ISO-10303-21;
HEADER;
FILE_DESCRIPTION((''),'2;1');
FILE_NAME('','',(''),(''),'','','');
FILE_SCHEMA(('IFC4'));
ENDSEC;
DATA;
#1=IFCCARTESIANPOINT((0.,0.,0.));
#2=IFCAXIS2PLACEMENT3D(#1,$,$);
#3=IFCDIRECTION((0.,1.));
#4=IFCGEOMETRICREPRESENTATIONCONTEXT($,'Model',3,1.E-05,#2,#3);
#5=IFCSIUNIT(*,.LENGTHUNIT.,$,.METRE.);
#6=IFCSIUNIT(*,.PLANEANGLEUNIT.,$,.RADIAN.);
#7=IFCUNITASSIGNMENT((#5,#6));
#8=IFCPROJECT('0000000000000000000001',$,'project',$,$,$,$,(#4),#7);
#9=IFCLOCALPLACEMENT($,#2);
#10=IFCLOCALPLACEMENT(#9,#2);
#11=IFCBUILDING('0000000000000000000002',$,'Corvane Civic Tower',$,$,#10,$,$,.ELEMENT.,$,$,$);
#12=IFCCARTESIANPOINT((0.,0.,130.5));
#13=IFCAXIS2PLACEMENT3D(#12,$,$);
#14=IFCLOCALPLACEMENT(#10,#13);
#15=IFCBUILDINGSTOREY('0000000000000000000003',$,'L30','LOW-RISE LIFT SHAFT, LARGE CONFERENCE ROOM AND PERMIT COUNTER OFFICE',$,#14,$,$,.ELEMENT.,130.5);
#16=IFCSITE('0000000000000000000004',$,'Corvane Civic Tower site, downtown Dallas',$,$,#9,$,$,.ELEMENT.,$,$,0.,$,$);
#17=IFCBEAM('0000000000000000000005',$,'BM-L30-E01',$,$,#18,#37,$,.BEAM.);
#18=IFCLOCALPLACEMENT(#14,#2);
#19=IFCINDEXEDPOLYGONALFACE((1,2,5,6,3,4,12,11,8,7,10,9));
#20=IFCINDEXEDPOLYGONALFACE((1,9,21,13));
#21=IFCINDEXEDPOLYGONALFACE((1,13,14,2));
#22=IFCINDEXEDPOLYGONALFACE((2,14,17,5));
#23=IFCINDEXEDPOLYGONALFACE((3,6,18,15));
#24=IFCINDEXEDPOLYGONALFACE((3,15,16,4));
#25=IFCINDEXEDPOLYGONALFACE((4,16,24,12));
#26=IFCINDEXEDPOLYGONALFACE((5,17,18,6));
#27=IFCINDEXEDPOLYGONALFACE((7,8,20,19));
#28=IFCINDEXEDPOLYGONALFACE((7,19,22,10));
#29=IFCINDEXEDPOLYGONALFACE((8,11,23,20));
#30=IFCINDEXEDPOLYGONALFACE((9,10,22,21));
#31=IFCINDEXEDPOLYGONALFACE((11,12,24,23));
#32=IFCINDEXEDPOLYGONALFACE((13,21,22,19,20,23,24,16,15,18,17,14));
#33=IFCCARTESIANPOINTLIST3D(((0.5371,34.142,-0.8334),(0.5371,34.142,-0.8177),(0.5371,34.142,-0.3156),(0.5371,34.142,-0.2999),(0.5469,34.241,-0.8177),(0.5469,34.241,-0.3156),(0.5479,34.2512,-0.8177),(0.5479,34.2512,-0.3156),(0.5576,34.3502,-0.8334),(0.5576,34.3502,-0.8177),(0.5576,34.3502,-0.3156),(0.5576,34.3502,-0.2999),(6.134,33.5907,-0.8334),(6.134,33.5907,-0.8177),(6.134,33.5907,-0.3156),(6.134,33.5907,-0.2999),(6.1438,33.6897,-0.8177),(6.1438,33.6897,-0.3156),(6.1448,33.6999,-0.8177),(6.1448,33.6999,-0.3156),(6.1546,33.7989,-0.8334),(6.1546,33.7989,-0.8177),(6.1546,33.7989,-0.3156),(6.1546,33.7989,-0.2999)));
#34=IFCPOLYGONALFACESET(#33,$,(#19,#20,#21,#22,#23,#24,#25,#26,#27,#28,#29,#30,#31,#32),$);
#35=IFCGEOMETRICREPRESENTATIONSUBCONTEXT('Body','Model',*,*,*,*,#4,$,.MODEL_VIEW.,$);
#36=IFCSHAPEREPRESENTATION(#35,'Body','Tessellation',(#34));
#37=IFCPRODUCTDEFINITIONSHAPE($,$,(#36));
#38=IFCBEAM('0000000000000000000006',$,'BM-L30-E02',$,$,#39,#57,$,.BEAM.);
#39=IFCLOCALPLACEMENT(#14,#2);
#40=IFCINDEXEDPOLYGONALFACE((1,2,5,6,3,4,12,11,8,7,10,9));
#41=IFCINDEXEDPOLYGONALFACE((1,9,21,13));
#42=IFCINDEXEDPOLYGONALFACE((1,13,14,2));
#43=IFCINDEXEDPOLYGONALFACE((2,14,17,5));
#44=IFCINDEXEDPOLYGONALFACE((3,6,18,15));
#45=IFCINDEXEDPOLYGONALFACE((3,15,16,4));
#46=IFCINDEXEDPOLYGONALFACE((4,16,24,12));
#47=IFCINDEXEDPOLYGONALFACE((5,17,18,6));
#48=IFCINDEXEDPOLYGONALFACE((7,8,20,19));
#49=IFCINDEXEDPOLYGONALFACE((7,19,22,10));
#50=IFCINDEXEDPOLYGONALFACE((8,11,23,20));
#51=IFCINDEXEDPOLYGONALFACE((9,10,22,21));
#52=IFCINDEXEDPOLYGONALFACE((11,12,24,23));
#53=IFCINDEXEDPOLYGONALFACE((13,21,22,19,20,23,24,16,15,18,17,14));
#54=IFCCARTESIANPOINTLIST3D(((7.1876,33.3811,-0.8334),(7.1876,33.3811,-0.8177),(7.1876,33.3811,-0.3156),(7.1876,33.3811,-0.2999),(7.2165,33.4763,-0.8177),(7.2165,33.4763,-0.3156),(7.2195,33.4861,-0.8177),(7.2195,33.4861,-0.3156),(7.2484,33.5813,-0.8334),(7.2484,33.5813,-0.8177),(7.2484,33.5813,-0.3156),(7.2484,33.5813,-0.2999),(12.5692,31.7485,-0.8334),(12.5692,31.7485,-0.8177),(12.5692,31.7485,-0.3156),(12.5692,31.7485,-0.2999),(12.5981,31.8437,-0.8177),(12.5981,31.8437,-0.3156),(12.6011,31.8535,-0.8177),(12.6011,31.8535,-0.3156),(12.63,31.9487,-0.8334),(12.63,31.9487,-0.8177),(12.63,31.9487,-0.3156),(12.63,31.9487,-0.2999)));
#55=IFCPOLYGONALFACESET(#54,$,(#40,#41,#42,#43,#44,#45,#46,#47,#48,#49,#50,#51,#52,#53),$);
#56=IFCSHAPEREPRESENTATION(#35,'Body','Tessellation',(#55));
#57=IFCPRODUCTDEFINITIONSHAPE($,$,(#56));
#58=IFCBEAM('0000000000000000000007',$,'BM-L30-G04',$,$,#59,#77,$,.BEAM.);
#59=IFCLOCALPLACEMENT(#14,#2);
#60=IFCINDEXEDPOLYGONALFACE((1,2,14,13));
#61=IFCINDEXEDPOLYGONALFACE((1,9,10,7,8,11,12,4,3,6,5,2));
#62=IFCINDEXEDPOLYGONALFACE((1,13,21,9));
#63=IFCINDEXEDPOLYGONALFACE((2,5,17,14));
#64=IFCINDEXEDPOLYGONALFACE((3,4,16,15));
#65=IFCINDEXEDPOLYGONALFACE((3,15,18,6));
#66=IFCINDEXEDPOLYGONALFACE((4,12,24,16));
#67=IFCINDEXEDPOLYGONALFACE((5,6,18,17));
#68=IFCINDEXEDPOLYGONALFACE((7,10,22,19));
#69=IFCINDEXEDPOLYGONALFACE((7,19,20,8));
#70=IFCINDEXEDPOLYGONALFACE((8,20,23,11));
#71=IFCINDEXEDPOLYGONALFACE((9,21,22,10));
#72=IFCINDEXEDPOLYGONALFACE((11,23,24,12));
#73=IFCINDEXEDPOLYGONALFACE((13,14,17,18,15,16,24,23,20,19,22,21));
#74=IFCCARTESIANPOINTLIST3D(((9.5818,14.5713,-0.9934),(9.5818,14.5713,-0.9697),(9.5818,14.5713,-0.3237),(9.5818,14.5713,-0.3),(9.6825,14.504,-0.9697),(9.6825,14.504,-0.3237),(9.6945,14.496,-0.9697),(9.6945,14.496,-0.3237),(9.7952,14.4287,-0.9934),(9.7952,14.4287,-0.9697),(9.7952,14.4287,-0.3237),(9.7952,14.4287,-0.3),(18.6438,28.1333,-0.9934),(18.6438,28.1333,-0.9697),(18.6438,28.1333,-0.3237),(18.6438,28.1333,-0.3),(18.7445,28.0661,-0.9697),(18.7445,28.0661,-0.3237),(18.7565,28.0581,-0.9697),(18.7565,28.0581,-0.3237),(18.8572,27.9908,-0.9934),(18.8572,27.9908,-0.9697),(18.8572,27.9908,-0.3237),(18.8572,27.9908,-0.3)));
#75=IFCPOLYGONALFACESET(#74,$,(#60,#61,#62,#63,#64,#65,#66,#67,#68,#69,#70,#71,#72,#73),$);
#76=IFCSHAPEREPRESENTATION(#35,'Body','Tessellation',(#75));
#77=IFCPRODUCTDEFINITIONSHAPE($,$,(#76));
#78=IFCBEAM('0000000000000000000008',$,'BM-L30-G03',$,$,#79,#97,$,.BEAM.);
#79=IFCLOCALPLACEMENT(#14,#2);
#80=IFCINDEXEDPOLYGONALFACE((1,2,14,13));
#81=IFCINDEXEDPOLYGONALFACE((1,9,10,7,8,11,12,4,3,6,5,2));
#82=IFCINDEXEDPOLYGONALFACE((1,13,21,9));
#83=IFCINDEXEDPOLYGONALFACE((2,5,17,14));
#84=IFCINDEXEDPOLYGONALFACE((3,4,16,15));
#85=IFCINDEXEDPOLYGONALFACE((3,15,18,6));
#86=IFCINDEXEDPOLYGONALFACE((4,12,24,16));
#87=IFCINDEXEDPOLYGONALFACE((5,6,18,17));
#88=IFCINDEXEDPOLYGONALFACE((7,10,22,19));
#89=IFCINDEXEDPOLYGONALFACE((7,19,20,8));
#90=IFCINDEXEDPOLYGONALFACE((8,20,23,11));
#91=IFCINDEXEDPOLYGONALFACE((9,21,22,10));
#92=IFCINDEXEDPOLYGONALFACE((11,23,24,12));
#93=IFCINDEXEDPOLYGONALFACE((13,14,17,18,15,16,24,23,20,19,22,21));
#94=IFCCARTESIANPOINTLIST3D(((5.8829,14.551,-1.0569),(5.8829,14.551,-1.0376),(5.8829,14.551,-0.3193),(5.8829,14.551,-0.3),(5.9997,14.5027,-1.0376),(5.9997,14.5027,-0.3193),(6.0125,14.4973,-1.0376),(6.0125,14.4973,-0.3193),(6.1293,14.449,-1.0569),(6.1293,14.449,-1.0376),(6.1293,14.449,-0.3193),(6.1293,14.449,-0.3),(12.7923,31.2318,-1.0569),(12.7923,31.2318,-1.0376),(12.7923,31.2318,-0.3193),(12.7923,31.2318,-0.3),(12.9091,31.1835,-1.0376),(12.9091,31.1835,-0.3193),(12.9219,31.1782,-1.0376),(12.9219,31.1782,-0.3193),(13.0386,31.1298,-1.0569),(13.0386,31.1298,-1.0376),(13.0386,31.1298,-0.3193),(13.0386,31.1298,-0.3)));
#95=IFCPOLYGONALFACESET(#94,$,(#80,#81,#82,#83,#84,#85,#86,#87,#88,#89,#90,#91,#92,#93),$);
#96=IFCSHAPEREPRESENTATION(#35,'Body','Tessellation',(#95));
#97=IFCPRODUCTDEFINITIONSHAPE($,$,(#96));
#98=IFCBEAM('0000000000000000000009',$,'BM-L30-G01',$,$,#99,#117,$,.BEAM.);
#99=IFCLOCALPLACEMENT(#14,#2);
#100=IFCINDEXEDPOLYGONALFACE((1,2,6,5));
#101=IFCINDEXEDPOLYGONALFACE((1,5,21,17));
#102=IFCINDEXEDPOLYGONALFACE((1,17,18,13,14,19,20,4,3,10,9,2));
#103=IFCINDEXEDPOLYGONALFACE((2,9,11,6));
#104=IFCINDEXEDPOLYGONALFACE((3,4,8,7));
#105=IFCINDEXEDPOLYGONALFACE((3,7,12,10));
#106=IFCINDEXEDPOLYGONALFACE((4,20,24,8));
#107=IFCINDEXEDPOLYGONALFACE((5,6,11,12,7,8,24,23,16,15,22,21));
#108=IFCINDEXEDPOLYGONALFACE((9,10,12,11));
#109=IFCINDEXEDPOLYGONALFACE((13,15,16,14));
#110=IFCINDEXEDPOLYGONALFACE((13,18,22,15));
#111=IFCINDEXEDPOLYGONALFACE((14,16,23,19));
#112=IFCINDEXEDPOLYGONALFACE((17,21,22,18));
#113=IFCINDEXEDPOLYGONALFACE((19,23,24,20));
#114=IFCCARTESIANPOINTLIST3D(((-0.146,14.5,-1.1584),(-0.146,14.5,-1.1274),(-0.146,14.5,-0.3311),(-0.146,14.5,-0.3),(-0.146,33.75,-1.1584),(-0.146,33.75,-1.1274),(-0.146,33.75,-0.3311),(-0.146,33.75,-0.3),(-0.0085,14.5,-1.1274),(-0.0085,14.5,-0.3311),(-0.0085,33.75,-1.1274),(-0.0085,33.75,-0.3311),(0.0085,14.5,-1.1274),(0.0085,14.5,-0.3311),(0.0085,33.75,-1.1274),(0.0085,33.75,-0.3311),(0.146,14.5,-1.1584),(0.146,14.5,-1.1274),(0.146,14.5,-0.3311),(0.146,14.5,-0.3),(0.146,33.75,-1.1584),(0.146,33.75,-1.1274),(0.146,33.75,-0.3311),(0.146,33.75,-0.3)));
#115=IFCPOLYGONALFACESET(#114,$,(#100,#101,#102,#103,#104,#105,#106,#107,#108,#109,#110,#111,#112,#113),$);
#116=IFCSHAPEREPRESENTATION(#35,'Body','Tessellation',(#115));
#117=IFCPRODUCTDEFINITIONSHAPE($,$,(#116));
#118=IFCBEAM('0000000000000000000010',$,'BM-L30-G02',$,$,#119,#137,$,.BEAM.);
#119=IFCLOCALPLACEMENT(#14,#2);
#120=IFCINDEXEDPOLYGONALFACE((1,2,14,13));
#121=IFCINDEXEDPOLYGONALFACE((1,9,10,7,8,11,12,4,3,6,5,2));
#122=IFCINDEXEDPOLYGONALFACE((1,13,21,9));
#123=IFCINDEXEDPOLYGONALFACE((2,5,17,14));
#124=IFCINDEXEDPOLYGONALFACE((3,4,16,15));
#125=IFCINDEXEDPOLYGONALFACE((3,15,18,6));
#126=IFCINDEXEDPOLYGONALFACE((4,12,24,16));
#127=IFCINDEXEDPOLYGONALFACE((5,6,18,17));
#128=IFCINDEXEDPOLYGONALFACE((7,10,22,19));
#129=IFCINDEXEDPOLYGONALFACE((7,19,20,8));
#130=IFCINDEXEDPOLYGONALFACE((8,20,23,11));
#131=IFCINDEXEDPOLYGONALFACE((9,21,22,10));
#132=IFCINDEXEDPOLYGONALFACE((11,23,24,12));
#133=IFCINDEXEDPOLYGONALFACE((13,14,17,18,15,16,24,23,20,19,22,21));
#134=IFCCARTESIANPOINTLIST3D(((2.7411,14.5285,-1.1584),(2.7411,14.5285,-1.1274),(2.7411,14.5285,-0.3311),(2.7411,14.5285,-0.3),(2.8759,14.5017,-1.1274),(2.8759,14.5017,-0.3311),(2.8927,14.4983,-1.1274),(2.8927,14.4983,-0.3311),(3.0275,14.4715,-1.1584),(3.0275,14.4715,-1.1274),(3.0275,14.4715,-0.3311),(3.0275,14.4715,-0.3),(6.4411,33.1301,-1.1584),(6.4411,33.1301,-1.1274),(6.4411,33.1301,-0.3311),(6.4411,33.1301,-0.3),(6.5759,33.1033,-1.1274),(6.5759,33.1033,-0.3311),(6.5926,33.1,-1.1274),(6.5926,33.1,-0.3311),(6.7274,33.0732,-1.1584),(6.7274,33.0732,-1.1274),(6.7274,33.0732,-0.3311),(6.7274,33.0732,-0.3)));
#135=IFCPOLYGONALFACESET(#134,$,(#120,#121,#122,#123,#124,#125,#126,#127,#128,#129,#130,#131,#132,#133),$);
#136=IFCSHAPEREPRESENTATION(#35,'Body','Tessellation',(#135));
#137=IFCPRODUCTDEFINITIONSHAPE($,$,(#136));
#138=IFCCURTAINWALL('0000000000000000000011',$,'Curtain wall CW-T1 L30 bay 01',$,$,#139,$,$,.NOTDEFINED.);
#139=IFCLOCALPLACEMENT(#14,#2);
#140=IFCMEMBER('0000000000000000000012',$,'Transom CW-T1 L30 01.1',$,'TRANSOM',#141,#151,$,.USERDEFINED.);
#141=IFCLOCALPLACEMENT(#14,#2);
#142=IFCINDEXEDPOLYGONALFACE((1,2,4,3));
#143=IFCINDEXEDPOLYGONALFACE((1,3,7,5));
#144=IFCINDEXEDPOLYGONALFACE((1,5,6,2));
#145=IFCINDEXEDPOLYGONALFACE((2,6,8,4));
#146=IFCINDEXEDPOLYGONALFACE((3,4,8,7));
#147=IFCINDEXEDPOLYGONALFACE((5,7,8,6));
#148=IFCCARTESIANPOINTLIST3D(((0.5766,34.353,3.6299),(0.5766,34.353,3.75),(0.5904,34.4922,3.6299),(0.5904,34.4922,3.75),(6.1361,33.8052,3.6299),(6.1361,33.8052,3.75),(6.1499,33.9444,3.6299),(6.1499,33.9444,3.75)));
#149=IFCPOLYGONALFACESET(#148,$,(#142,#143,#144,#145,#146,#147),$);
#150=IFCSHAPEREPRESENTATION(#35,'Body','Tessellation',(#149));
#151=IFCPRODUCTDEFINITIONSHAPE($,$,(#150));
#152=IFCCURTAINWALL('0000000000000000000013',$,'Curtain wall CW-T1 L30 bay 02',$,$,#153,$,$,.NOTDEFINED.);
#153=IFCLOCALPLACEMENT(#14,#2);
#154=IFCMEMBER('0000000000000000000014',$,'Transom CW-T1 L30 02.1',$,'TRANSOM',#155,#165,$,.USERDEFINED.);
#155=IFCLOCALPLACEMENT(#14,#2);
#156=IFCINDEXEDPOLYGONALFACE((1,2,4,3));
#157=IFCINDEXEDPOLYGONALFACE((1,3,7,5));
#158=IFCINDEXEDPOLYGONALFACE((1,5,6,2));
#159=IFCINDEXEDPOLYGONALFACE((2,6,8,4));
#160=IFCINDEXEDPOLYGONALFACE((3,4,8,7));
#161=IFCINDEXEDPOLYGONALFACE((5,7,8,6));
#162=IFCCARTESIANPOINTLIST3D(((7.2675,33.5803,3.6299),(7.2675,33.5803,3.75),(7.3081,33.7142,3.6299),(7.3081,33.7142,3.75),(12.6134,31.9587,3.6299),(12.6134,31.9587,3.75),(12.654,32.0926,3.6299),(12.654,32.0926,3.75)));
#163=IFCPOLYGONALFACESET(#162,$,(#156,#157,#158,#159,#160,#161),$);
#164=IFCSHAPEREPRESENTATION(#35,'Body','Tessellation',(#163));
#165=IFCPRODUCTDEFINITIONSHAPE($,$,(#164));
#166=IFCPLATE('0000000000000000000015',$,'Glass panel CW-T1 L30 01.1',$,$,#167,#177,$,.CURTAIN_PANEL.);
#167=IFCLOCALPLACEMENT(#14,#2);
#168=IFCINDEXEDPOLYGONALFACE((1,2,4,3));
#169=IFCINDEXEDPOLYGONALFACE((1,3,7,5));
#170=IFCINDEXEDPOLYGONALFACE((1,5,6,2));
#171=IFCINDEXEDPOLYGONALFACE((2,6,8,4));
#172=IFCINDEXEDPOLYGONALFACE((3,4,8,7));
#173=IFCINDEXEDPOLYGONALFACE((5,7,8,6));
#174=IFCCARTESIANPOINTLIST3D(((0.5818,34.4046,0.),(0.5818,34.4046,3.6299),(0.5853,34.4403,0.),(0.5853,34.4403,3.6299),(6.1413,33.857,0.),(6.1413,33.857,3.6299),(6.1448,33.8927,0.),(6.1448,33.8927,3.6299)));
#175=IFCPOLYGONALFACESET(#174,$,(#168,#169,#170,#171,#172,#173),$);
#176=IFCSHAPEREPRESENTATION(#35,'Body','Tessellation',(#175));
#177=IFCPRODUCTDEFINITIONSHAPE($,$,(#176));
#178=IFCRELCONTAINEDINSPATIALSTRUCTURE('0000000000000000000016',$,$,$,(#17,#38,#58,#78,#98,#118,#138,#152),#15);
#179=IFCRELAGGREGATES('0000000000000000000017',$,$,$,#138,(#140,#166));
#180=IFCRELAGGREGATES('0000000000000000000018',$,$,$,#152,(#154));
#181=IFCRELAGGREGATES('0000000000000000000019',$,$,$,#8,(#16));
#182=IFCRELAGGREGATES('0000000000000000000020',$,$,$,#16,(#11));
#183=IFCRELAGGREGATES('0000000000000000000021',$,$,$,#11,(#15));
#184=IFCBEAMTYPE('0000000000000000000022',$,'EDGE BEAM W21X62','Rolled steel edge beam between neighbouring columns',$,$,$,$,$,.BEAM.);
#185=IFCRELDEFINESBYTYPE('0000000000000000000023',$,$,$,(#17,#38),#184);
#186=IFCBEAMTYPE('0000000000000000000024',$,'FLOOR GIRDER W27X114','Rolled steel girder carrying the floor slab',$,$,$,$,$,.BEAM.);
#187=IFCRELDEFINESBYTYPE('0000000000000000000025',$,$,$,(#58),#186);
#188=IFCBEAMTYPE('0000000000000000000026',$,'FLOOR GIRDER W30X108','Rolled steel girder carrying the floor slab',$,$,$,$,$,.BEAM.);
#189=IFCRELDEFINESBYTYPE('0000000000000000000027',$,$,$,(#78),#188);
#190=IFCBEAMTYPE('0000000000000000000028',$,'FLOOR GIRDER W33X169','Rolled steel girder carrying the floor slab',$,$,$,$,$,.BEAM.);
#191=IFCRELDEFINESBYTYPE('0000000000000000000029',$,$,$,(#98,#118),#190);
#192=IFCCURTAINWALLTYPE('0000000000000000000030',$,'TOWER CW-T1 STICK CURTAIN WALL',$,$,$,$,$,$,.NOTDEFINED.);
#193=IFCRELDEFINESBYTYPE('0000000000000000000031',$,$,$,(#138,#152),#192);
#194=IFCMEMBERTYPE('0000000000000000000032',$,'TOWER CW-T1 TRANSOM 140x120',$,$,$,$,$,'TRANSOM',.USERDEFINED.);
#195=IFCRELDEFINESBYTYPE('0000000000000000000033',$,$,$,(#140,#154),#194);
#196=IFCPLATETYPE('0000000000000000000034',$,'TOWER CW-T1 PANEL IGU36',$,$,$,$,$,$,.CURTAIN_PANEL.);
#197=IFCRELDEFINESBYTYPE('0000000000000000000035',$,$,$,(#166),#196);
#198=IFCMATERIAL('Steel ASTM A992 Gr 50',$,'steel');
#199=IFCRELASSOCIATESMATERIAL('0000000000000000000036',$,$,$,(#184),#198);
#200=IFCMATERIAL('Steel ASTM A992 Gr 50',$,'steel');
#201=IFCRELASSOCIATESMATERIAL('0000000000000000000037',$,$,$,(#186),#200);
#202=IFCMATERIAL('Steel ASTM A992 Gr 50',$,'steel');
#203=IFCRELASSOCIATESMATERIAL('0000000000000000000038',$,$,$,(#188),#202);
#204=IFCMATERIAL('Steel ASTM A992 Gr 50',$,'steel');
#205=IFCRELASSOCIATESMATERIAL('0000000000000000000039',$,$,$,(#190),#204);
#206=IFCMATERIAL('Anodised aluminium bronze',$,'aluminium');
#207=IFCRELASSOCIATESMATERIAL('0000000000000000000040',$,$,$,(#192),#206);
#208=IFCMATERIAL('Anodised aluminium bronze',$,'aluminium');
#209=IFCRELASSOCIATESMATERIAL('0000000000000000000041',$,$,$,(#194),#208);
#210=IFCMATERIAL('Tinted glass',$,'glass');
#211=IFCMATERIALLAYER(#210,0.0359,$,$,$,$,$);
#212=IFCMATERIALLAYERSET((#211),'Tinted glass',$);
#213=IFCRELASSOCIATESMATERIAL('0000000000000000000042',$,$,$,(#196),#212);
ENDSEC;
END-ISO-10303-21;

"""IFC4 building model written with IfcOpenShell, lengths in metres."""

from ifc_helpers import new_model, si_unit, direction, frame, origin, origin_2d, place, context, subcontext, project, spatial, rectangle, i_section, extrude, material, layer, layer_set, material_profile, profile_set, type_object, element, aggregate, save


model = new_model("IFC4")

# Units and contexts
model_context = context("Model", 3, precision=1e-05, world=origin(), true_north=direction((0.0, 1.0)))
body_context = subcontext(model_context, "Body", "Model", "MODEL_VIEW")
ifc_project = project(units=[si_unit("LENGTHUNIT", "METRE"), si_unit("PLANEANGLEUNIT", "RADIAN")], contexts=[model_context])

# Site, building, storey
site_placement = place(None, origin())
site = spatial("IfcSite", under=ifc_project, at=site_placement, Name="Corvane Civic Tower site, downtown Dallas", CompositionType="ELEMENT", RefElevation=0.0)
building_placement = place(site_placement, origin())
building = spatial("IfcBuilding", under=site, at=building_placement, Name="Corvane Civic Tower", CompositionType="ELEMENT")
storey_placement = place(building_placement, frame((0.0, 0.0, 130.5)))
storey = spatial("IfcBuildingStorey", under=building, at=storey_placement, Name="L30", Description="LOW-RISE LIFT SHAFT, LARGE CONFERENCE ROOM AND PERMIT COUNTER OFFICE", CompositionType="ELEMENT", Elevation=130.5)

# Beams
ifc_material_1 = material(Name="Steel ASTM A992 Gr 50", Category="steel")
ifc_material_profile_1 = material_profile(ifc_material_1, i_section(OverallWidth=0.2092, OverallDepth=0.5334, WebThickness=0.0103, FlangeThickness=0.0156, at=origin_2d()), Name="W21X62")
ifc_profile_set_1 = profile_set([ifc_material_profile_1], Name="Steel ASTM A992 Gr 50")
beam_type_1 = type_object("IfcBeamType", Name="EDGE BEAM W21X62", Description="Rolled steel edge beam between neighbouring columns", PredefinedType="BEAM", material=ifc_profile_set_1)
beam_1_placement = place(storey_placement, frame((0.5474, 34.2461, -0.5667), z_axis=(0.995184, -0.098021, 0.0), x_axis=(0.098021, 0.995184, 0.0)))
element("IfcBeam", 1, at=beam_1_placement, inside=storey, type_object=beam_type_1, Name="BM-L30-E01", PredefinedType="BEAM", context=body_context, shape_type="SweptSolid", body=[
    extrude(i_section(OverallWidth=0.2092, OverallDepth=0.5334, WebThickness=0.0103, FlangeThickness=0.0156, at=origin_2d()), origin(), (0.0, 0.0, 1.0), 5.624),
])
beam_2_placement = place(storey_placement, frame((7.218, 33.4812, -0.5667), z_axis=(0.956936, -0.290298, 0.0), x_axis=(0.290298, 0.956936, 0.0)))
element("IfcBeam", 2, at=beam_2_placement, inside=storey, type_object=beam_type_1, Name="BM-L30-E02", PredefinedType="BEAM", context=body_context, shape_type="SweptSolid", body=[
    extrude(i_section(OverallWidth=0.2092, OverallDepth=0.5334, WebThickness=0.0103, FlangeThickness=0.0156, at=origin_2d()), origin(), (0.0, 0.0, 1.0), 5.6238),
])
ifc_material_2 = material(Name="Steel ASTM A992 Gr 50", Category="steel")
ifc_material_profile_2 = material_profile(ifc_material_2, i_section(OverallWidth=0.2566, OverallDepth=0.6934, WebThickness=0.0144, FlangeThickness=0.0237, at=origin_2d()), Name="W27X114")
ifc_profile_set_2 = profile_set([ifc_material_profile_2], Name="Steel ASTM A992 Gr 50")
beam_type_2 = type_object("IfcBeamType", Name="FLOOR GIRDER W27X114", Description="Rolled steel girder carrying the floor slab", PredefinedType="BEAM", material=ifc_profile_set_2)
beam_3_placement = place(storey_placement, frame((9.6885, 14.5, -0.6467), z_axis=(0.555577, 0.831465, 0.0), x_axis=(-0.831465, 0.555577, 0.0)))
element("IfcBeam", 3, at=beam_3_placement, inside=storey, type_object=beam_type_2, Name="BM-L30-G04", PredefinedType="BEAM", context=body_context, shape_type="SweptSolid", body=[
    extrude(i_section(OverallWidth=0.2566, OverallDepth=0.6934, WebThickness=0.0144, FlangeThickness=0.0237, at=origin_2d()), origin(), (0.0, 0.0, 1.0), 16.311),
])
ifc_material_3 = material(Name="Steel ASTM A992 Gr 50", Category="steel")
ifc_material_profile_3 = material_profile(ifc_material_3, i_section(OverallWidth=0.2666, OverallDepth=0.7568, WebThickness=0.0139, FlangeThickness=0.0193, at=origin_2d()), Name="W30X108")
ifc_profile_set_3 = profile_set([ifc_material_profile_3], Name="Steel ASTM A992 Gr 50")
beam_type_3 = type_object("IfcBeamType", Name="FLOOR GIRDER W30X108", Description="Rolled steel girder carrying the floor slab", PredefinedType="BEAM", material=ifc_profile_set_3)
beam_4_placement = place(storey_placement, frame((6.0061, 14.5, -0.6785), z_axis=(0.382682, 0.92388, 0.0), x_axis=(-0.92388, 0.382682, 0.0)))
element("IfcBeam", 4, at=beam_4_placement, inside=storey, type_object=beam_type_3, Name="BM-L30-G03", PredefinedType="BEAM", context=body_context, shape_type="SweptSolid", body=[
    extrude(i_section(OverallWidth=0.2666, OverallDepth=0.7568, WebThickness=0.0139, FlangeThickness=0.0193, at=origin_2d()), origin(), (0.0, 0.0, 1.0), 18.0552),
])
ifc_material_4 = material(Name="Steel ASTM A992 Gr 50", Category="steel")
ifc_material_profile_4 = material_profile(ifc_material_4, i_section(OverallWidth=0.292, OverallDepth=0.8584, WebThickness=0.0171, FlangeThickness=0.031, at=origin_2d()), Name="W33X169")
ifc_profile_set_4 = profile_set([ifc_material_profile_4], Name="Steel ASTM A992 Gr 50")
beam_type_4 = type_object("IfcBeamType", Name="FLOOR GIRDER W33X169", Description="Rolled steel girder carrying the floor slab", PredefinedType="BEAM", material=ifc_profile_set_4)
beam_5_placement = place(storey_placement, frame((0.0, 14.5, -0.7292), z_axis=(0.0, 1.0, 0.0), x_axis=(-1.0, 0.0, 0.0)))
element("IfcBeam", 5, at=beam_5_placement, inside=storey, type_object=beam_type_4, Name="BM-L30-G01", PredefinedType="BEAM", context=body_context, shape_type="SweptSolid", body=[
    extrude(i_section(OverallWidth=0.292, OverallDepth=0.8584, WebThickness=0.0171, FlangeThickness=0.031, at=origin_2d()), origin(), (0.0, 0.0, 1.0), 19.25),
])
beam_6_placement = place(storey_placement, frame((2.8843, 14.5, -0.7292), z_axis=(0.195084, 0.980787, 0.0), x_axis=(-0.980787, 0.195084, 0.0)))
element("IfcBeam", 6, at=beam_6_placement, inside=storey, type_object=beam_type_4, Name="BM-L30-G02", PredefinedType="BEAM", context=body_context, shape_type="SweptSolid", body=[
    extrude(i_section(OverallWidth=0.292, OverallDepth=0.8584, WebThickness=0.0171, FlangeThickness=0.031, at=origin_2d()), origin(), (0.0, 0.0, 1.0), 18.9661),
])

# Curtain walls, members
ifc_material_5 = material(Name="Anodised aluminium bronze", Category="aluminium")
curtain_wall_type = type_object("IfcCurtainWallType", Name="TOWER CW-T1 STICK CURTAIN WALL", PredefinedType="NOTDEFINED", material=ifc_material_5)
curtain_wall_1_placement = place(storey_placement, origin())
curtain_wall_1 = element("IfcCurtainWall", 7, at=curtain_wall_1_placement, inside=storey, type_object=curtain_wall_type, Name="Curtain wall CW-T1 L30 bay 01", PredefinedType="NOTDEFINED")
ifc_material_6 = material(Name="Anodised aluminium bronze", Category="aluminium")
ifc_material_profile_5 = material_profile(ifc_material_6, rectangle(XDim=0.1399, YDim=0.1201, at=origin_2d()), Name="TOWER CW-T1 TRANSOM 140x120")
ifc_profile_set_5 = profile_set([ifc_material_profile_5], Name="Anodised aluminium bronze")
member_type = type_object("IfcMemberType", Name="TOWER CW-T1 TRANSOM 140x120", ElementType="TRANSOM", PredefinedType="USERDEFINED", material=ifc_profile_set_5)
member_1_placement = place(storey_placement, frame((0.5835, 34.4226, 3.6899), z_axis=(0.99518, -0.098067, 0.0), x_axis=(0.098067, 0.99518, 0.0)))
member_1 = element("IfcMember", 8, at=member_1_placement, type_object=member_type, Name="Transom CW-T1 L30 01.1", ObjectType="TRANSOM", PredefinedType="USERDEFINED", context=body_context, shape_type="SweptSolid", body=[
    extrude(rectangle(XDim=0.1399, YDim=0.1201, at=origin_2d()), origin(), (0.0, 0.0, 1.0), 5.5864),
])
curtain_wall_2_placement = place(storey_placement, origin())
curtain_wall_2 = element("IfcCurtainWall", 9, at=curtain_wall_2_placement, inside=storey, type_object=curtain_wall_type, Name="Curtain wall CW-T1 L30 bay 02", PredefinedType="NOTDEFINED")
member_2_placement = place(storey_placement, frame((7.2878, 33.6472, 3.6899), z_axis=(0.956945, -0.290269, 0.0), x_axis=(0.290269, 0.956945, 0.0)))
member_2 = element("IfcMember", 10, at=member_2_placement, type_object=member_type, Name="Transom CW-T1 L30 02.1", ObjectType="TRANSOM", PredefinedType="USERDEFINED", context=body_context, shape_type="SweptSolid", body=[
    extrude(rectangle(XDim=0.1399, YDim=0.1201, at=origin_2d()), origin(), (0.0, 0.0, 1.0), 5.5864),
])

# Plate
ifc_material_7 = material(Name="Tinted glass", Category="glass")
ifc_layer_1 = layer(ifc_material_7, 0.0359)
ifc_layer_set_1 = layer_set([ifc_layer_1], Name="Tinted glass")
plate_type = type_object("IfcPlateType", Name="TOWER CW-T1 PANEL IGU36", PredefinedType="CURTAIN_PANEL", material=ifc_layer_set_1)
plate_1_placement = place(storey_placement, frame((3.3633, 34.1487, 0.0), z_axis=(0.0, 0.0, 1.0), x_axis=(0.995184, -0.098027, 0.0)))
plate_1 = element("IfcPlate", 11, at=plate_1_placement, type_object=plate_type, Name="Glass panel CW-T1 L30 01.1", PredefinedType="CURTAIN_PANEL", context=body_context, shape_type="SweptSolid", body=[
    extrude(rectangle(XDim=5.5864, YDim=0.0359, at=origin_2d()), origin(), (0.0, 0.0, 1.0), 3.6299),
])
aggregate(curtain_wall_1, [member_1, plate_1])
aggregate(curtain_wall_2, [member_2])

save(model, "model.ifc")
